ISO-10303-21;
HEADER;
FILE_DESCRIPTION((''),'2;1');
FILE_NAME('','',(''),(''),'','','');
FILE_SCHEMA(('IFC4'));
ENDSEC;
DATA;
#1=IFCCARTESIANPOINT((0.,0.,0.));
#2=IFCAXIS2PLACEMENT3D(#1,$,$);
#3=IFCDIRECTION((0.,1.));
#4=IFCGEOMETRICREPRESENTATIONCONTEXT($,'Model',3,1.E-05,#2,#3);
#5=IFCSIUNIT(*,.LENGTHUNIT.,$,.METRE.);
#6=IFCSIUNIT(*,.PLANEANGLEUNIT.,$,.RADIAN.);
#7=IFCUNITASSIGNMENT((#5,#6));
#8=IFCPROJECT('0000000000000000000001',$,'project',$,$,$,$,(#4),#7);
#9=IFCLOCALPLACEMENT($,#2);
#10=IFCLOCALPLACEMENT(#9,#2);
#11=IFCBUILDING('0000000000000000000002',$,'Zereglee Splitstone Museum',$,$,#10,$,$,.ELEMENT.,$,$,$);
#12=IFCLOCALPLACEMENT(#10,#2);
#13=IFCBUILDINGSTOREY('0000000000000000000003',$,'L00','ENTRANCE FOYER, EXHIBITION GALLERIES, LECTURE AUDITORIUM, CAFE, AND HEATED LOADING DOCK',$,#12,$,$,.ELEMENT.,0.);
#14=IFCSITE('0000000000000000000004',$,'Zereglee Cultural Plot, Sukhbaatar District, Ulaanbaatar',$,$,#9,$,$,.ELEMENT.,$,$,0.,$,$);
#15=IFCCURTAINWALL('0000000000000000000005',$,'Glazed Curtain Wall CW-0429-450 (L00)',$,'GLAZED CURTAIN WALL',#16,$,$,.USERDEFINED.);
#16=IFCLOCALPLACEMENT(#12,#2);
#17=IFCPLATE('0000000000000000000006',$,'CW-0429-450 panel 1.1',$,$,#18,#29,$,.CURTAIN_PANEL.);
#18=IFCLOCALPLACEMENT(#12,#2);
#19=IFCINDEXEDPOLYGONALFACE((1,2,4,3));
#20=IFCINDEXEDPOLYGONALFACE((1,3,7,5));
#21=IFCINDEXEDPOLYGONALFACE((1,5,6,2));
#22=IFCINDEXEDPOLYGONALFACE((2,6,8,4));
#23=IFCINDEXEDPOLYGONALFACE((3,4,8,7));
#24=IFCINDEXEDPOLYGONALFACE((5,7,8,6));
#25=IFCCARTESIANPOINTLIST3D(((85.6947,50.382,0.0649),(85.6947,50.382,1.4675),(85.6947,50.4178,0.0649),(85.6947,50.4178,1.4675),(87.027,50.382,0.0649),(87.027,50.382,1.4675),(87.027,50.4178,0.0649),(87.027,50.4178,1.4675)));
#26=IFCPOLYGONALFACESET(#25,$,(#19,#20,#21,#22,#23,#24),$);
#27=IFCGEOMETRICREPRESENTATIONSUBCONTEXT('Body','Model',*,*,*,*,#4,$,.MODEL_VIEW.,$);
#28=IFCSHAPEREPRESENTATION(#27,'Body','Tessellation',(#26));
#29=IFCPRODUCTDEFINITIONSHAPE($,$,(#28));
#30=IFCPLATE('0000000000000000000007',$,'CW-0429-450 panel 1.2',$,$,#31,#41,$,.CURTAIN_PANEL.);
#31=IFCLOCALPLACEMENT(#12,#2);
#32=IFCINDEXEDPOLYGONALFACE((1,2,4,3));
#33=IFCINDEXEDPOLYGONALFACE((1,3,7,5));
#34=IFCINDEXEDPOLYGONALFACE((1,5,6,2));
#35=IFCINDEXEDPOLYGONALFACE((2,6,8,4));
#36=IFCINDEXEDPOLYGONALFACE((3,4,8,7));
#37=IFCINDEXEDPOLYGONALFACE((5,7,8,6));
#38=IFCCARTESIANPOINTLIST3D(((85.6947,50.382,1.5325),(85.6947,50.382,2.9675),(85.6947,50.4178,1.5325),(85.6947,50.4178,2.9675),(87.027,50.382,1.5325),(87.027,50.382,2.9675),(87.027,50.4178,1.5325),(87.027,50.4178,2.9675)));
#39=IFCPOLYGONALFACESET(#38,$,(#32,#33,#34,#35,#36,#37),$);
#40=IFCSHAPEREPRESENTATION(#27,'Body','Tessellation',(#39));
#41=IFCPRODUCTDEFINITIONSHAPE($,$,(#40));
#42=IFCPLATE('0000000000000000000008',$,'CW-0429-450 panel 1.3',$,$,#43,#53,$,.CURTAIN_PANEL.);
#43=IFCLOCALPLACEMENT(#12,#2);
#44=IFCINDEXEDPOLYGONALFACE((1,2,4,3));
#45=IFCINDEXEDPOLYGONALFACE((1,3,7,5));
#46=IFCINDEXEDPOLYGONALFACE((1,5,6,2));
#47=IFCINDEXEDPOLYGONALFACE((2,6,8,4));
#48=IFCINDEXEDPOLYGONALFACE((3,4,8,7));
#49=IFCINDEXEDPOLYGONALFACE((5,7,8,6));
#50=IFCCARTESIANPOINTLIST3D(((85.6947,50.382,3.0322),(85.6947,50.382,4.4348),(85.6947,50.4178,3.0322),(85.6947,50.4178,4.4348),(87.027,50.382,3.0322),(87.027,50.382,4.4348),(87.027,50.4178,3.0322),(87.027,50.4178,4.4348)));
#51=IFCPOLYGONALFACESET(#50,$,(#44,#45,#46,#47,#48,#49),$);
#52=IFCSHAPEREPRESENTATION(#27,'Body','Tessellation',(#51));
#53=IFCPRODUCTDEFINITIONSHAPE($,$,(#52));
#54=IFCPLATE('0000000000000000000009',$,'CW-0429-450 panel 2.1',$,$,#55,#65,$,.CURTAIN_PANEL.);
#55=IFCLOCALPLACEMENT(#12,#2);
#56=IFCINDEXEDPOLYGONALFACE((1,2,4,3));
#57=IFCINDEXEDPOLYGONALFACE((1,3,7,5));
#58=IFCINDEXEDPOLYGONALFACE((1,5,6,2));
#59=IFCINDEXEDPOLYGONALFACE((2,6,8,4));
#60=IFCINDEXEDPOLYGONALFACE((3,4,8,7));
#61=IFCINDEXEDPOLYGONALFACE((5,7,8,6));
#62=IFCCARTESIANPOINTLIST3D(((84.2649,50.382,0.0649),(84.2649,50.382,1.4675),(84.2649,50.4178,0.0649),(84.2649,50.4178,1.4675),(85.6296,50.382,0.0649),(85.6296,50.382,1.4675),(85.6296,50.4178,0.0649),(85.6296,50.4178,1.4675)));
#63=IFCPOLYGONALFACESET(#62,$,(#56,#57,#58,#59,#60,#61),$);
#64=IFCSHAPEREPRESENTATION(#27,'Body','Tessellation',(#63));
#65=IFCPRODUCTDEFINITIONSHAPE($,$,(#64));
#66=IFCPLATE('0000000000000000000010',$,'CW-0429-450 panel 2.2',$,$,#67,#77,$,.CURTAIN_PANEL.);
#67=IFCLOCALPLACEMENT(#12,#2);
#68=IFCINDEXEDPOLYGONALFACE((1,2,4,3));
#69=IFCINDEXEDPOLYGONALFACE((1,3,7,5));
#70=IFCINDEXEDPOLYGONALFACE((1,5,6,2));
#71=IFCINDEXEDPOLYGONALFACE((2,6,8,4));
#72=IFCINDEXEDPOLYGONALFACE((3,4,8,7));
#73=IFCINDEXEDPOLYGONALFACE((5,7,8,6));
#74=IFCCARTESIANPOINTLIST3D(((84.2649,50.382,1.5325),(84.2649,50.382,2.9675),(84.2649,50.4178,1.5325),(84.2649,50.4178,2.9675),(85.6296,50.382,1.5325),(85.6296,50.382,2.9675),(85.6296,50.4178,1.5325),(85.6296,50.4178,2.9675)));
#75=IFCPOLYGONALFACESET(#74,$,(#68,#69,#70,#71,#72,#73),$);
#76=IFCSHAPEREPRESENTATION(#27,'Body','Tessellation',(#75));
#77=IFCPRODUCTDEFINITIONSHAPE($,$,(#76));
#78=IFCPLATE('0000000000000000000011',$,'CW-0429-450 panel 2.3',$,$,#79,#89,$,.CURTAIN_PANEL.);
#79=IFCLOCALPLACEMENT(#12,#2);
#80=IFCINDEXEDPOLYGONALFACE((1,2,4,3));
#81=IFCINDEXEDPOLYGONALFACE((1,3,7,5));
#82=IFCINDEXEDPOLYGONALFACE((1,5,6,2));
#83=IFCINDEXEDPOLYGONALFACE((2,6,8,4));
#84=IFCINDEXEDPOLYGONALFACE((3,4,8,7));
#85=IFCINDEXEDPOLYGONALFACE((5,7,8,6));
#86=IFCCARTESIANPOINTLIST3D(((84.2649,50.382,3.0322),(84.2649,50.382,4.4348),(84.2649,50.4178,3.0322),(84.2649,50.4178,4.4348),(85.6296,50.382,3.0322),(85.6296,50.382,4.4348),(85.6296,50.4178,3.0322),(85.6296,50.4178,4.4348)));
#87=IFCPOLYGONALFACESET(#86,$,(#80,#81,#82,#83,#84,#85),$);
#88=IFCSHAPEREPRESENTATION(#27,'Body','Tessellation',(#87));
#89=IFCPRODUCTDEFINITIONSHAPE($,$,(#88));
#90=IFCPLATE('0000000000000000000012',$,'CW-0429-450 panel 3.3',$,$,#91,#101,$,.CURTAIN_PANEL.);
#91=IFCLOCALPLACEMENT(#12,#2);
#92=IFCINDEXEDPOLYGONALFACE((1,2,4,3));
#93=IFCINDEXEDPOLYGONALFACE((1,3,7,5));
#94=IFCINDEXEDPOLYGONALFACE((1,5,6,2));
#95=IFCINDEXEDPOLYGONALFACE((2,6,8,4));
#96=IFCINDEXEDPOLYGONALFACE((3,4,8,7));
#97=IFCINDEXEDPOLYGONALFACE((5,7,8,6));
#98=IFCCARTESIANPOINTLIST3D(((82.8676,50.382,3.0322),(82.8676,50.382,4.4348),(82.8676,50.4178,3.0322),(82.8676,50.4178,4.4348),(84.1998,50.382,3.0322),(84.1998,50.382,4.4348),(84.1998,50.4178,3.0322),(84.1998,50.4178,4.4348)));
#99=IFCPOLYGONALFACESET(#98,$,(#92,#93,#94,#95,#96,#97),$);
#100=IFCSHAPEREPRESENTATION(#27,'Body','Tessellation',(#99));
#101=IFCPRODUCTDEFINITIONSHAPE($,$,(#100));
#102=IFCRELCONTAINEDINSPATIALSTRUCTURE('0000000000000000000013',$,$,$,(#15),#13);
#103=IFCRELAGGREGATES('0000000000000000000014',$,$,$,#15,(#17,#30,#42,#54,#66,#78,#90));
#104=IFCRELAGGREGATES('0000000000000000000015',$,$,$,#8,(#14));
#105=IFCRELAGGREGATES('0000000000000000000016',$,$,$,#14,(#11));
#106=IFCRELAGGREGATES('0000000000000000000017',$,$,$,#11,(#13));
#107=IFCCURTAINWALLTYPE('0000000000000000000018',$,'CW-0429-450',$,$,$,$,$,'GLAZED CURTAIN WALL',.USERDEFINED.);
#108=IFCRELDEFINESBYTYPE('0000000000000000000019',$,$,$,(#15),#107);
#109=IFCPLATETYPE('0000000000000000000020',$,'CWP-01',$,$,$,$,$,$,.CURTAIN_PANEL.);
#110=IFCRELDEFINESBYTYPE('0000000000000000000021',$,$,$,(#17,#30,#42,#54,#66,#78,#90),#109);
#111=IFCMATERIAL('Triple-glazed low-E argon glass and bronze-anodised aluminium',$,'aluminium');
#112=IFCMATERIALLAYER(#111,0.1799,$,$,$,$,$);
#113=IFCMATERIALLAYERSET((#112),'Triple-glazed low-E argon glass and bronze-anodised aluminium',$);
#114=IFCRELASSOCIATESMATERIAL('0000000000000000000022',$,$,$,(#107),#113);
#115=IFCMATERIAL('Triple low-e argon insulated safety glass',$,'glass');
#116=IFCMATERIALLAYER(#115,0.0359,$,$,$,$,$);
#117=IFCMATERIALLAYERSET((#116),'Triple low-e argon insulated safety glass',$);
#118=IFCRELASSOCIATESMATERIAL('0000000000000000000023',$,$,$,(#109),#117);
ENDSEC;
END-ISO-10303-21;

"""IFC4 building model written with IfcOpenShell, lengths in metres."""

from ifc_helpers import new_model, si_unit, direction, frame, origin, origin_2d, place, context, subcontext, project, spatial, rectangle, extrude, material, layer, layer_set, type_object, element, aggregate, save


model = new_model("IFC4")

# Units and contexts
model_context = context("Model", 3, precision=1e-05, world=origin(), true_north=direction((0.0, 1.0)))
body_context = subcontext(model_context, "Body", "Model", "MODEL_VIEW")
ifc_project = project(units=[si_unit("LENGTHUNIT", "METRE"), si_unit("PLANEANGLEUNIT", "RADIAN")], contexts=[model_context])

# Site, building, storey
site_placement = place(None, origin())
site = spatial("IfcSite", under=ifc_project, at=site_placement, Name="Zereglee Cultural Plot, Sukhbaatar District, Ulaanbaatar", CompositionType="ELEMENT", RefElevation=0.0)
building_placement = place(site_placement, origin())
building = spatial("IfcBuilding", under=site, at=building_placement, Name="Zereglee Splitstone Museum", CompositionType="ELEMENT")
storey_placement = place(building_placement, origin())
storey = spatial("IfcBuildingStorey", under=building, at=storey_placement, Name="L00", Description="ENTRANCE FOYER, EXHIBITION GALLERIES, LECTURE AUDITORIUM, CAFE, AND HEATED LOADING DOCK", CompositionType="ELEMENT", Elevation=0.0)

# Curtain wall, plates
ifc_material_1 = material(Name="Triple-glazed low-E argon glass and bronze-anodised aluminium", Category="aluminium")
ifc_layer_1 = layer(ifc_material_1, 0.1799)
ifc_layer_set_1 = layer_set([ifc_layer_1], Name="Triple-glazed low-E argon glass and bronze-anodised aluminium")
curtain_wall_type = type_object("IfcCurtainWallType", Name="CW-0429-450", ElementType="GLAZED CURTAIN WALL", PredefinedType="USERDEFINED", material=ifc_layer_set_1)
curtain_wall_placement = place(storey_placement, origin())
curtain_wall = element("IfcCurtainWall", 1, at=curtain_wall_placement, inside=storey, type_object=curtain_wall_type, Name="Glazed Curtain Wall CW-0429-450 (L00)", ObjectType="GLAZED CURTAIN WALL", PredefinedType="USERDEFINED")
ifc_material_2 = material(Name="Triple low-e argon insulated safety glass", Category="glass")
ifc_layer_2 = layer(ifc_material_2, 0.0359)
ifc_layer_set_2 = layer_set([ifc_layer_2], Name="Triple low-e argon insulated safety glass")
plate_type = type_object("IfcPlateType", Name="CWP-01", PredefinedType="CURTAIN_PANEL", material=ifc_layer_set_2)
plate_1_placement = place(storey_placement, frame((86.3608, 50.3999, 0.0649), z_axis=(0.0, 0.0, 1.0), x_axis=(-1.0, 0.0, 0.0)))
plate_1 = element("IfcPlate", 2, at=plate_1_placement, type_object=plate_type, Name="CW-0429-450 panel 1.1", PredefinedType="CURTAIN_PANEL", context=body_context, shape_type="SweptSolid", body=[
    extrude(rectangle(XDim=1.3323, YDim=0.0359, at=origin_2d()), origin(), (0.0, 0.0, 1.0), 1.4026),
])
plate_2_placement = place(storey_placement, frame((86.3608, 50.3999, 1.5325), z_axis=(0.0, 0.0, 1.0), x_axis=(-1.0, 0.0, 0.0)))
plate_2 = element("IfcPlate", 3, at=plate_2_placement, type_object=plate_type, Name="CW-0429-450 panel 1.2", PredefinedType="CURTAIN_PANEL", context=body_context, shape_type="SweptSolid", body=[
    extrude(rectangle(XDim=1.3323, YDim=0.0359, at=origin_2d()), origin(), (0.0, 0.0, 1.0), 1.4351),
])
plate_3_placement = place(storey_placement, frame((86.3608, 50.3999, 3.0322), z_axis=(0.0, 0.0, 1.0), x_axis=(-1.0, 0.0, 0.0)))
plate_3 = element("IfcPlate", 4, at=plate_3_placement, type_object=plate_type, Name="CW-0429-450 panel 1.3", PredefinedType="CURTAIN_PANEL", context=body_context, shape_type="SweptSolid", body=[
    extrude(rectangle(XDim=1.3323, YDim=0.0359, at=origin_2d()), origin(), (0.0, 0.0, 1.0), 1.4026),
])
plate_4_placement = place(storey_placement, frame((84.9473, 50.3999, 0.0649), z_axis=(0.0, 0.0, 1.0), x_axis=(-1.0, 0.0, 0.0)))
plate_4 = element("IfcPlate", 5, at=plate_4_placement, type_object=plate_type, Name="CW-0429-450 panel 2.1", PredefinedType="CURTAIN_PANEL", context=body_context, shape_type="SweptSolid", body=[
    extrude(rectangle(XDim=1.3647, YDim=0.0359, at=origin_2d()), origin(), (0.0, 0.0, 1.0), 1.4026),
])
plate_5_placement = place(storey_placement, frame((84.9473, 50.3999, 1.5325), z_axis=(0.0, 0.0, 1.0), x_axis=(-1.0, 0.0, 0.0)))
plate_5 = element("IfcPlate", 6, at=plate_5_placement, type_object=plate_type, Name="CW-0429-450 panel 2.2", PredefinedType="CURTAIN_PANEL", context=body_context, shape_type="SweptSolid", body=[
    extrude(rectangle(XDim=1.3647, YDim=0.0359, at=origin_2d()), origin(), (0.0, 0.0, 1.0), 1.4351),
])
plate_6_placement = place(storey_placement, frame((84.9473, 50.3999, 3.0322), z_axis=(0.0, 0.0, 1.0), x_axis=(-1.0, 0.0, 0.0)))
plate_6 = element("IfcPlate", 7, at=plate_6_placement, type_object=plate_type, Name="CW-0429-450 panel 2.3", PredefinedType="CURTAIN_PANEL", context=body_context, shape_type="SweptSolid", body=[
    extrude(rectangle(XDim=1.3647, YDim=0.0359, at=origin_2d()), origin(), (0.0, 0.0, 1.0), 1.4026),
])
plate_7_placement = place(storey_placement, frame((83.5337, 50.3999, 3.0322), z_axis=(0.0, 0.0, 1.0), x_axis=(-1.0, 0.0, 0.0)))
plate_7 = element("IfcPlate", 8, at=plate_7_placement, type_object=plate_type, Name="CW-0429-450 panel 3.3", PredefinedType="CURTAIN_PANEL", context=body_context, shape_type="SweptSolid", body=[
    extrude(rectangle(XDim=1.3323, YDim=0.0359, at=origin_2d()), origin(), (0.0, 0.0, 1.0), 1.4026),
])
aggregate(curtain_wall, [plate_1, plate_2, plate_3, plate_4, plate_5, plate_6, plate_7])

save(model, "model.ifc")
